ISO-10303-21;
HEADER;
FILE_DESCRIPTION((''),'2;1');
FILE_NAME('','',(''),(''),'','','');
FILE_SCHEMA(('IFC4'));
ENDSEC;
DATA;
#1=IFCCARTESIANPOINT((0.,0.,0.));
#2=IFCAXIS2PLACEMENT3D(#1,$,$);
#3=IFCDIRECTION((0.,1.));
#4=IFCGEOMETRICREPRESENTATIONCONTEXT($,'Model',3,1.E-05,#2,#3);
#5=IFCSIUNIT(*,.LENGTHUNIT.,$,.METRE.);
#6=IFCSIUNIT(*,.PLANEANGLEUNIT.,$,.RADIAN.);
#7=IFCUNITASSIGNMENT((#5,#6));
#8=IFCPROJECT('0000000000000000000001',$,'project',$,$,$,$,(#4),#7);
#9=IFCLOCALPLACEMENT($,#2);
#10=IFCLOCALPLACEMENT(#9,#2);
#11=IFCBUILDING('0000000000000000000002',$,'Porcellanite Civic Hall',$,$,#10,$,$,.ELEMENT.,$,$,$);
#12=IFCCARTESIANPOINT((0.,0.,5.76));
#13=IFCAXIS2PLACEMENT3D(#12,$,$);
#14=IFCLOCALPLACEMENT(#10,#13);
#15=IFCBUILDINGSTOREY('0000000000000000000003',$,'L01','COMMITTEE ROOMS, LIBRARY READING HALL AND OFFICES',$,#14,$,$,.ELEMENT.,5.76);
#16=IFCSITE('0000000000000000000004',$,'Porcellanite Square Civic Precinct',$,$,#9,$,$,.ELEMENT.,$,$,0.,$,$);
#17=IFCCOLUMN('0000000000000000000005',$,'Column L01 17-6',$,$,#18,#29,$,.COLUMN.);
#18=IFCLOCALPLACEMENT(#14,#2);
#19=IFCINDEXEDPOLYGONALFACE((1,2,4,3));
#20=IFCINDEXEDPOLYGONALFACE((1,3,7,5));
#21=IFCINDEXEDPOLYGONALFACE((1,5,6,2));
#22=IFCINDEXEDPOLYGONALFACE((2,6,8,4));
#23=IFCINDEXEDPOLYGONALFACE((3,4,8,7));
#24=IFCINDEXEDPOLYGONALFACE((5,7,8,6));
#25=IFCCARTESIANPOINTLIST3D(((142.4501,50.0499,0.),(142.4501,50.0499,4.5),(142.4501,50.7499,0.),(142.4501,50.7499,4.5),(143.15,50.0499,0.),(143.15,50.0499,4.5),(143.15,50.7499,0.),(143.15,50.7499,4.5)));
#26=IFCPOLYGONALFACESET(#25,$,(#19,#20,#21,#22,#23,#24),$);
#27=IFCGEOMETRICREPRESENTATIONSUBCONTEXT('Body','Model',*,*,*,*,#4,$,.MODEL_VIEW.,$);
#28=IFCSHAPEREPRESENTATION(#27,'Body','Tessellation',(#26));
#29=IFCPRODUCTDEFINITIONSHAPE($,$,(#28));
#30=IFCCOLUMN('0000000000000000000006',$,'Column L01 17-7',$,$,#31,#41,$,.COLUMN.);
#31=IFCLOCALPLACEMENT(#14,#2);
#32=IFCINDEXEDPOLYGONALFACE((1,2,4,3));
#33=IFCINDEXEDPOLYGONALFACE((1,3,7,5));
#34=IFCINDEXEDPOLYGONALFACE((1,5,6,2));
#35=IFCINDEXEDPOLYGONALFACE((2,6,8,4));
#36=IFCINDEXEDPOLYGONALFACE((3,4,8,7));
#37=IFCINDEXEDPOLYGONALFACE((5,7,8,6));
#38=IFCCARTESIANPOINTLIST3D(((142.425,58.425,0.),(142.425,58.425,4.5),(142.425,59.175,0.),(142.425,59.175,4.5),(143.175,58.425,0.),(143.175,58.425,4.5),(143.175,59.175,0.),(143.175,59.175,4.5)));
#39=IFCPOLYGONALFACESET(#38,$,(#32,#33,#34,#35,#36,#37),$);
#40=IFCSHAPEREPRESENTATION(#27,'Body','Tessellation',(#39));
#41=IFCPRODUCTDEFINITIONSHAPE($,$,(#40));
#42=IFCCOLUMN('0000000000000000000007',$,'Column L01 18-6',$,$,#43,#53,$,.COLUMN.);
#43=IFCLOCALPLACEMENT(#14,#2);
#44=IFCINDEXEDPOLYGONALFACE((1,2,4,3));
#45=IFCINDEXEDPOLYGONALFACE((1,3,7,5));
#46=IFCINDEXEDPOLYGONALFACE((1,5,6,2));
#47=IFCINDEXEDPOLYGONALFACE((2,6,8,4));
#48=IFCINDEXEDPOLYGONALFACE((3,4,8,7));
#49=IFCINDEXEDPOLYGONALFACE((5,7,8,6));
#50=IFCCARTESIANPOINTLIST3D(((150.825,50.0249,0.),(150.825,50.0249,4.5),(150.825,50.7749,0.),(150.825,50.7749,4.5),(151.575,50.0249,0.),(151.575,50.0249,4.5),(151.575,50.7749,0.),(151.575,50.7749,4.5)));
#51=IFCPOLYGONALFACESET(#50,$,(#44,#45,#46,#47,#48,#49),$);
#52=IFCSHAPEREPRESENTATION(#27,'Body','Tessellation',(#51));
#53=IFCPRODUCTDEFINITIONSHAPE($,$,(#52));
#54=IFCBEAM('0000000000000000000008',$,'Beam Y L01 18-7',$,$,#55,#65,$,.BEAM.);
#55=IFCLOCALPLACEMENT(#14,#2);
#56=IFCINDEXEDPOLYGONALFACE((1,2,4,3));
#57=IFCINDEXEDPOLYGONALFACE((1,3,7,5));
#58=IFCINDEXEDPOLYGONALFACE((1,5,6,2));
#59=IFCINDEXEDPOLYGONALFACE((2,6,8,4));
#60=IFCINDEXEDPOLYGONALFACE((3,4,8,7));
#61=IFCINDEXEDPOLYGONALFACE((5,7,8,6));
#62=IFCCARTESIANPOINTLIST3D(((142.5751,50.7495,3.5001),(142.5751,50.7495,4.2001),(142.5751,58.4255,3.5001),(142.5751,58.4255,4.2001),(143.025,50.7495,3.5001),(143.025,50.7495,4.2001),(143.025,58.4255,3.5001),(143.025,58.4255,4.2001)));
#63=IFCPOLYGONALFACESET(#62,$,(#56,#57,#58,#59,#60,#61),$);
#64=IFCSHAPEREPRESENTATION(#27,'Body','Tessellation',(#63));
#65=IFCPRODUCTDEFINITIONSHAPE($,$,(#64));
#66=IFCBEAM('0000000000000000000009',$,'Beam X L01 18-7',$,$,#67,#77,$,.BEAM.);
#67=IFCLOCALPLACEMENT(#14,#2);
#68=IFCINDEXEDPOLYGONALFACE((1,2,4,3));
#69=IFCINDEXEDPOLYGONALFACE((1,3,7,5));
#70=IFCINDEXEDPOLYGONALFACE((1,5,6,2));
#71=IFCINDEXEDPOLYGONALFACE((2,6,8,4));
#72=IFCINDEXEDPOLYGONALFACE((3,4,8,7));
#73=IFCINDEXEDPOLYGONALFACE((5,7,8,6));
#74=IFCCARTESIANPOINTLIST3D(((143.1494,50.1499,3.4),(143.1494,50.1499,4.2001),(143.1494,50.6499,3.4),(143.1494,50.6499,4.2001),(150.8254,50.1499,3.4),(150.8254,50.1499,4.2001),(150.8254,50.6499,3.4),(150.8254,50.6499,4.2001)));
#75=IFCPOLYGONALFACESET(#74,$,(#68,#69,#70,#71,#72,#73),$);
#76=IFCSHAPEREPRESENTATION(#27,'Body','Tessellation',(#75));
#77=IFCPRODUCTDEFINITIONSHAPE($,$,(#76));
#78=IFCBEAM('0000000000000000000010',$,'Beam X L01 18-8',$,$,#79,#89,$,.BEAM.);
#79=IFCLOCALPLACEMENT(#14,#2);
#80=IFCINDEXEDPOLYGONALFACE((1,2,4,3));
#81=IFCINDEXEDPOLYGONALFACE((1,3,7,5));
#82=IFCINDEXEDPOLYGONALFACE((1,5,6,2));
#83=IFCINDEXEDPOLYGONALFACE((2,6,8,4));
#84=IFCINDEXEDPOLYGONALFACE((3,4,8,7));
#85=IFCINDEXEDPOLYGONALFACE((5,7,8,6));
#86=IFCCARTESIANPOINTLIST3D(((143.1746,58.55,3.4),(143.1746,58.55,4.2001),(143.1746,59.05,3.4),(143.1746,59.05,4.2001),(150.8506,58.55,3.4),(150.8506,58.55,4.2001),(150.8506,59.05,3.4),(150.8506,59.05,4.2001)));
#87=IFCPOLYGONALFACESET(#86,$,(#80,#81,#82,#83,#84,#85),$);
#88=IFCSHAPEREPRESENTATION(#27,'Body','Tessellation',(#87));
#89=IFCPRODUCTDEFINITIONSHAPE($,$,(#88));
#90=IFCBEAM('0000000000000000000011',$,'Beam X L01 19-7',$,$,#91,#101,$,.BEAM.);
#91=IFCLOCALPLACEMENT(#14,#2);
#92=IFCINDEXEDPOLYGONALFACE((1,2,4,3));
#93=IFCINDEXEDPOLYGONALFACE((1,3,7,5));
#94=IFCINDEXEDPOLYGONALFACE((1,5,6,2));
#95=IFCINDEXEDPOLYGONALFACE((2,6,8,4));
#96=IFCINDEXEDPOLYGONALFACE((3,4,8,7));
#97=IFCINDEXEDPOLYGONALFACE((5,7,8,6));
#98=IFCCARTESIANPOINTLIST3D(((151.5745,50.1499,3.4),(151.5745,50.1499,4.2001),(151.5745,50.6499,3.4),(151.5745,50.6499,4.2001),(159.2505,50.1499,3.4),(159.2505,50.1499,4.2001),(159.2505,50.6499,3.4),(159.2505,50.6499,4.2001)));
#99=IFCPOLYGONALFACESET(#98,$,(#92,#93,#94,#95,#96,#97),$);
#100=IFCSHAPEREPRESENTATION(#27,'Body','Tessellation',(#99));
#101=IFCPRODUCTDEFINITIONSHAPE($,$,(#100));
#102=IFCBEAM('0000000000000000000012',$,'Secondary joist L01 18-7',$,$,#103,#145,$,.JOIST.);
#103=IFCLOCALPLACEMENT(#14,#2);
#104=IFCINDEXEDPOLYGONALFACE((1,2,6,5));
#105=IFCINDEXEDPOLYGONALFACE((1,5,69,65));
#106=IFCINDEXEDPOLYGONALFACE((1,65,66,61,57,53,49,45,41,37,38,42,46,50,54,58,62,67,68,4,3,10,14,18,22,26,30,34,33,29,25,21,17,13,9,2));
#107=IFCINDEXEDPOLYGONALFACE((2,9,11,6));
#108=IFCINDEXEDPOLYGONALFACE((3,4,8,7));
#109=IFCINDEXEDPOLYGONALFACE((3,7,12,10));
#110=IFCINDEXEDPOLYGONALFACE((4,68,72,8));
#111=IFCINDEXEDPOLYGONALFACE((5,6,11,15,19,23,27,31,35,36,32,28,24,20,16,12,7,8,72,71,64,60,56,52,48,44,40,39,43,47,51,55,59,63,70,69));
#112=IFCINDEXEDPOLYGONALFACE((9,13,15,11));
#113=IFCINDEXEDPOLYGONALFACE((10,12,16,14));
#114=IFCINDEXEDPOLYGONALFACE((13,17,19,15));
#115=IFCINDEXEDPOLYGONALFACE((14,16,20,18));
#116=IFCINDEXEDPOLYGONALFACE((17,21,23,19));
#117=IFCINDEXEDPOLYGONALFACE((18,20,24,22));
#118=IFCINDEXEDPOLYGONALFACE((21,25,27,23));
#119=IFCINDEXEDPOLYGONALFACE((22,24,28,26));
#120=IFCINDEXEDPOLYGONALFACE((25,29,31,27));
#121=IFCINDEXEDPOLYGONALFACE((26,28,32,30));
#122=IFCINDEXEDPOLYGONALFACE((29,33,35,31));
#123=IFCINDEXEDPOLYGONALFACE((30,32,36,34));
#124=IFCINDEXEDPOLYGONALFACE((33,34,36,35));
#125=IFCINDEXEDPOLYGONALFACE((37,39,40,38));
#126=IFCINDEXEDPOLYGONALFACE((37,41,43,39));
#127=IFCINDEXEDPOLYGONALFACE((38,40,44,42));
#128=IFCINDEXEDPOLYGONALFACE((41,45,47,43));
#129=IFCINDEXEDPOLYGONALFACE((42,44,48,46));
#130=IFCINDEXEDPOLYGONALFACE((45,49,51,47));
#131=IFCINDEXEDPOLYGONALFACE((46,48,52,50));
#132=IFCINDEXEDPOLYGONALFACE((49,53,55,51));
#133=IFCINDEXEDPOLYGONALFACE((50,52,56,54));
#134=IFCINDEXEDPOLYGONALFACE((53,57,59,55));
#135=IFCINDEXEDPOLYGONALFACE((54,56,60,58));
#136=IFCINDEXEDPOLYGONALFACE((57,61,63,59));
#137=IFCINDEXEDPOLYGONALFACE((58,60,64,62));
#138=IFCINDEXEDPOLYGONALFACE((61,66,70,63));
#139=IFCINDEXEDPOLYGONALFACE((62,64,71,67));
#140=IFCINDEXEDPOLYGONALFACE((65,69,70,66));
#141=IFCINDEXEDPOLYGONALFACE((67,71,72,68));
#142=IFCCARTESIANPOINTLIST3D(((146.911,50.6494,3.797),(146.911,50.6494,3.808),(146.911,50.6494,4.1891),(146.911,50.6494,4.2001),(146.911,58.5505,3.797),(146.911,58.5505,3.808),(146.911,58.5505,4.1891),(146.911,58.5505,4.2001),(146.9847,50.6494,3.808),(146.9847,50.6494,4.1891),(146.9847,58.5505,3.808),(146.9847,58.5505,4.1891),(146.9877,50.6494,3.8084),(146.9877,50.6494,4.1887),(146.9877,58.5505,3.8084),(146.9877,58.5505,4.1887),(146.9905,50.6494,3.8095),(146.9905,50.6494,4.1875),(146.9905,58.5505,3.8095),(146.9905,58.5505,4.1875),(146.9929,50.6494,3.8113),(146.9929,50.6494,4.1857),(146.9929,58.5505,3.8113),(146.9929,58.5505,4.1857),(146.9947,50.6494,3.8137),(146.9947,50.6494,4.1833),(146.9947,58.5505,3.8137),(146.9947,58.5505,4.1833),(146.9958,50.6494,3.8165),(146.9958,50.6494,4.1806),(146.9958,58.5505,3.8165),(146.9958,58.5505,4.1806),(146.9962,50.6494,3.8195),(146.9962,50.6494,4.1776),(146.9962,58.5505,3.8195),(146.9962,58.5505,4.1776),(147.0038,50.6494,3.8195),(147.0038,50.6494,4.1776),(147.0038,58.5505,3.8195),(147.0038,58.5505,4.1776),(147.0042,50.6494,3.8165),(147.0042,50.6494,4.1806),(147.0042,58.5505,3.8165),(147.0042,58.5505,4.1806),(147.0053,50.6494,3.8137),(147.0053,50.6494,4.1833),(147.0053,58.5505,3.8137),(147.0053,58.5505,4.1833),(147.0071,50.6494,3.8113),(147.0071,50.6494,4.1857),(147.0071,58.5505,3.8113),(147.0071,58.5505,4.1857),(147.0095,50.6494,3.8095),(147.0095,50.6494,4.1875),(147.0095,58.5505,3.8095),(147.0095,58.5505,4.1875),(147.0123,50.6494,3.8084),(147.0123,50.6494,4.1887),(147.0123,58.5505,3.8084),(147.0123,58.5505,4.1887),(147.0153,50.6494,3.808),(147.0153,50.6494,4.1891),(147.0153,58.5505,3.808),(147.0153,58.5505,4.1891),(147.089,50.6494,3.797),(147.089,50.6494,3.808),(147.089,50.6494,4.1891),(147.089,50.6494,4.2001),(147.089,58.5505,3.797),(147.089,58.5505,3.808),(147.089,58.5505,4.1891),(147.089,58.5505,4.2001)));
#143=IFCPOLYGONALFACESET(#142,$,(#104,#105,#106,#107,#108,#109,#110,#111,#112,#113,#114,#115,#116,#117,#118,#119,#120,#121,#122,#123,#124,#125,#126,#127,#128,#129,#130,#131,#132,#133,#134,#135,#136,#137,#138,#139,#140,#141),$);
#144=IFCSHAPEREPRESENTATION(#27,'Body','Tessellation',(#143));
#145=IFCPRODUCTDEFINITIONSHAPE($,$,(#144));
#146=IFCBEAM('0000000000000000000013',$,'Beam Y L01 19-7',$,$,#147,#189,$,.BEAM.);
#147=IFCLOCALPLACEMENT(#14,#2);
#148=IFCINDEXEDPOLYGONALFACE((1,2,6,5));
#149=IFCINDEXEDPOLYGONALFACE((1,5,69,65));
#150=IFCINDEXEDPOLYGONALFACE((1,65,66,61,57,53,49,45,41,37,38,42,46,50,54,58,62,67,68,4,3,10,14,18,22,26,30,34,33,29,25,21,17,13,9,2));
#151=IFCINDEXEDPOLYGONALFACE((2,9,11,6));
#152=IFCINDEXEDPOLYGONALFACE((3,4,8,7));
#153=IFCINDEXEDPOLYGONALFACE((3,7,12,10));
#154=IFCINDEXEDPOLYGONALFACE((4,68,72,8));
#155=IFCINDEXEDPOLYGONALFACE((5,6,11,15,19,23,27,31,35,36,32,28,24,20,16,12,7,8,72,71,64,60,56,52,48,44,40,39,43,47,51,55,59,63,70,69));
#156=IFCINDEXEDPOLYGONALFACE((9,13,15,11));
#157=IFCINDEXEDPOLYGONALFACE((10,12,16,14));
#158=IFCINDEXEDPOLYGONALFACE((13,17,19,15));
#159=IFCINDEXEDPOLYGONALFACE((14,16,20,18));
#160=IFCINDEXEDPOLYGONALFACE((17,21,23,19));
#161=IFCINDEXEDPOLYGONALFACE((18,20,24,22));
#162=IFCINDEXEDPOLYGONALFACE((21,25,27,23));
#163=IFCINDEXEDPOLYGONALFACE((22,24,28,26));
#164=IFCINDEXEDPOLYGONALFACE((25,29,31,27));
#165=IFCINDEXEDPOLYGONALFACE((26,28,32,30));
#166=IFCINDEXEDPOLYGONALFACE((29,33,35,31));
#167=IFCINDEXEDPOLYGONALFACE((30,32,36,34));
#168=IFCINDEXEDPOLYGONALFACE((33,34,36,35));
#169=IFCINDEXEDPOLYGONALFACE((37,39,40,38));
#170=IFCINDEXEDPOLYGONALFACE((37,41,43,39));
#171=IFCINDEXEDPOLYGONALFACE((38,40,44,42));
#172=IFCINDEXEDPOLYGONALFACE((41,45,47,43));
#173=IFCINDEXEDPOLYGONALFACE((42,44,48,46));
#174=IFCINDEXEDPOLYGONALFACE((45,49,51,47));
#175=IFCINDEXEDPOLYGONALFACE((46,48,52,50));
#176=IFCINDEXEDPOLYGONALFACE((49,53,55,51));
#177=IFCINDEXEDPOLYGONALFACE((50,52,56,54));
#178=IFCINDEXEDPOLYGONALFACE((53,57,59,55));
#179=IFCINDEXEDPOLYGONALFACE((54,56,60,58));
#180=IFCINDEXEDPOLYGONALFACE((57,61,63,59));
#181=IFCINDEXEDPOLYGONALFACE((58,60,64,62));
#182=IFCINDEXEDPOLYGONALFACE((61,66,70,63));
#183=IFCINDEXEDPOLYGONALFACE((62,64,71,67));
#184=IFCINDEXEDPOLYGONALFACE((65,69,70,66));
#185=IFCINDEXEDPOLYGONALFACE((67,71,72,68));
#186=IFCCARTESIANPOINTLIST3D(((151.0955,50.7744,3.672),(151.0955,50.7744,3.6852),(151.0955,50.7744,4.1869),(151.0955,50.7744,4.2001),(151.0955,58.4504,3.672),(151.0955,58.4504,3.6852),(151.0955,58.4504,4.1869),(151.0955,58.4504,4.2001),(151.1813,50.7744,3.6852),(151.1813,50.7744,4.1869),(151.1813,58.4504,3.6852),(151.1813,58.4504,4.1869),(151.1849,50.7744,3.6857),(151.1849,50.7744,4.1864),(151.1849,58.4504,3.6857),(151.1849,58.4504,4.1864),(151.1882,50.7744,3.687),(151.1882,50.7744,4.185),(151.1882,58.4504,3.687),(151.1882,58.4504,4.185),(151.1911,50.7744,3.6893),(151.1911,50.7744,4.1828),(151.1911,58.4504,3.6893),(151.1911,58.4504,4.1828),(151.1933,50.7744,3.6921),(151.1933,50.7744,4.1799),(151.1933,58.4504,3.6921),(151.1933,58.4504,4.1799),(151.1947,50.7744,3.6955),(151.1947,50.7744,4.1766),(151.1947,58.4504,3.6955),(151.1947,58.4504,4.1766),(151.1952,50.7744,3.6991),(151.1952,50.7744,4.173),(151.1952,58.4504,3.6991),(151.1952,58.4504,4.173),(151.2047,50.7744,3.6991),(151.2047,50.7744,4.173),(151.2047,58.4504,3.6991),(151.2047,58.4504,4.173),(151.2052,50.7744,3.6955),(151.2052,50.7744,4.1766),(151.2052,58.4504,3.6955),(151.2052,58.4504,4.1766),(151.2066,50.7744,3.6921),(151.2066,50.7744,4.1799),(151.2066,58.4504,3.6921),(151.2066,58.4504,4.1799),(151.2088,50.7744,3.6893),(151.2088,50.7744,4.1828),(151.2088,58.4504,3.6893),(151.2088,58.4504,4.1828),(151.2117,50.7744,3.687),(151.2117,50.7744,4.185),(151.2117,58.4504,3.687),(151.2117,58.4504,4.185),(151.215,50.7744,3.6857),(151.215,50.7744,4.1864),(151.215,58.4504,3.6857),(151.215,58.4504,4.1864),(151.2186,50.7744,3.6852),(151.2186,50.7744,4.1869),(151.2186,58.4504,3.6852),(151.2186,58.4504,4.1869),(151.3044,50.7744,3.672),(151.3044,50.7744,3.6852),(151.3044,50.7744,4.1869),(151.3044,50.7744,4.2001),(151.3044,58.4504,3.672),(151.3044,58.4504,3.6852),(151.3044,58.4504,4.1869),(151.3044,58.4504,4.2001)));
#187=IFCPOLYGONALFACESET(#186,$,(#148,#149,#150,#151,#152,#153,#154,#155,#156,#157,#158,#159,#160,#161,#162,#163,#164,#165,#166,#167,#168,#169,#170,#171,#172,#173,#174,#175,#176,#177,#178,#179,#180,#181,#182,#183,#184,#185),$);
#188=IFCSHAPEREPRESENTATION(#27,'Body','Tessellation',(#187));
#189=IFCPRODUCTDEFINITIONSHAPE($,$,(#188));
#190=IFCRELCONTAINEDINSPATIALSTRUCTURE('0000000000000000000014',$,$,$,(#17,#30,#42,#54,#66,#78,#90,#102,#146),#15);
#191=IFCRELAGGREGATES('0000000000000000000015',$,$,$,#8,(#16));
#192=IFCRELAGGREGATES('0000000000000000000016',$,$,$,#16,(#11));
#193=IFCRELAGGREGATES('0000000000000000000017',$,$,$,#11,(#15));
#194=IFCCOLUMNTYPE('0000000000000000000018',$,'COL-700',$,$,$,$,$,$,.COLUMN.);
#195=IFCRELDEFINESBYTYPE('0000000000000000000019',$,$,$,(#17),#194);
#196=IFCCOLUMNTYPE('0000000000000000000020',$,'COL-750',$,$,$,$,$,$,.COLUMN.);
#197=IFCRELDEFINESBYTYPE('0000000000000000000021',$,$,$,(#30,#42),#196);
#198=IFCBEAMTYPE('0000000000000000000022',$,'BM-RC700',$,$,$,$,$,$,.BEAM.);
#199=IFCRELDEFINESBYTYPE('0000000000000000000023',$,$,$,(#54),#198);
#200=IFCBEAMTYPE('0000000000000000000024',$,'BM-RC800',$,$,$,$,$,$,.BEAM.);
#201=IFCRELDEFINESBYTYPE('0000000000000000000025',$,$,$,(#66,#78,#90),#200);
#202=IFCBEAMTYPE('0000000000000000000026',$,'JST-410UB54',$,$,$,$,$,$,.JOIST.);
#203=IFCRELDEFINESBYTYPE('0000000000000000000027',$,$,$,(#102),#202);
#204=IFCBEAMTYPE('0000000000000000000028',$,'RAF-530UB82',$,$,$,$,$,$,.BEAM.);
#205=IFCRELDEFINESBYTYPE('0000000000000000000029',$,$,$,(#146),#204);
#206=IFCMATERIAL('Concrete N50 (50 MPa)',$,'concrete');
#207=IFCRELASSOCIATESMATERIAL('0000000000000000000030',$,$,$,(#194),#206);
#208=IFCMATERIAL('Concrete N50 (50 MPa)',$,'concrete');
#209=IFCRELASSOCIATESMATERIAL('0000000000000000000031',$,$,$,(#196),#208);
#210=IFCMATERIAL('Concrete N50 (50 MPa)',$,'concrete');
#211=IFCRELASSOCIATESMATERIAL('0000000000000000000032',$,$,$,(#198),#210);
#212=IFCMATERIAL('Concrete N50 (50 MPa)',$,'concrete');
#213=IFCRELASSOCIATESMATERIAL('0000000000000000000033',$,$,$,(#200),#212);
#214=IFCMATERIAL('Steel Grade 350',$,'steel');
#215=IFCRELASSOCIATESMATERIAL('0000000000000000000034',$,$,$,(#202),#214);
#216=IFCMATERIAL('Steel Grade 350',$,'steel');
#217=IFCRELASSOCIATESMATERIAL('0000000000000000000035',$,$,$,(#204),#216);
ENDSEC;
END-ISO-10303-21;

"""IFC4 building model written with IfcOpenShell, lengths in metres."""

from ifc_helpers import new_model, si_unit, direction, frame, origin, origin_2d, place, context, subcontext, project, spatial, rectangle, i_section, extrude, material, material_profile, profile_set, type_object, element, save


model = new_model("IFC4")

# Units and contexts
model_context = context("Model", 3, precision=1e-05, world=origin(), true_north=direction((0.0, 1.0)))
body_context = subcontext(model_context, "Body", "Model", "MODEL_VIEW")
ifc_project = project(units=[si_unit("LENGTHUNIT", "METRE"), si_unit("PLANEANGLEUNIT", "RADIAN")], contexts=[model_context])

# Site, building, storey
site_placement = place(None, origin())
site = spatial("IfcSite", under=ifc_project, at=site_placement, Name="Porcellanite Square Civic Precinct", CompositionType="ELEMENT", RefElevation=0.0)
building_placement = place(site_placement, origin())
building = spatial("IfcBuilding", under=site, at=building_placement, Name="Porcellanite Civic Hall", CompositionType="ELEMENT")
storey_placement = place(building_placement, frame((0.0, 0.0, 5.76)))
storey = spatial("IfcBuildingStorey", under=building, at=storey_placement, Name="L01", Description="COMMITTEE ROOMS, LIBRARY READING HALL AND OFFICES", CompositionType="ELEMENT", Elevation=5.76)

# Columns
ifc_material_1 = material(Name="Concrete N50 (50 MPa)", Category="concrete")
ifc_material_profile_1 = material_profile(ifc_material_1, rectangle(XDim=0.7, YDim=0.7, at=origin_2d()), Name="RC-700x700")
ifc_profile_set_1 = profile_set([ifc_material_profile_1], Name="Concrete N50 (50 MPa)")
column_type_1 = type_object("IfcColumnType", Name="COL-700", PredefinedType="COLUMN", material=ifc_profile_set_1)
column_placement = place(storey_placement, frame((142.8, 50.3999, 0.0), z_axis=(0.0, 0.0, 1.0), x_axis=(1.0, 0.0, 0.0)))
element("IfcColumn", 1, at=column_placement, inside=storey, type_object=column_type_1, Name="Column L01 17-6", PredefinedType="COLUMN", context=body_context, shape_type="SweptSolid", body=[
    extrude(rectangle(XDim=0.7, YDim=0.7, at=origin_2d()), origin(), (0.0, 0.0, 1.0), 4.5),
])
ifc_material_2 = material(Name="Concrete N50 (50 MPa)", Category="concrete")
ifc_material_profile_2 = material_profile(ifc_material_2, rectangle(XDim=0.75, YDim=0.75, at=origin_2d()), Name="RC-750x750")
ifc_profile_set_2 = profile_set([ifc_material_profile_2], Name="Concrete N50 (50 MPa)")
column_type_2 = type_object("IfcColumnType", Name="COL-750", PredefinedType="COLUMN", material=ifc_profile_set_2)
for number, where, z_axis, x_axis, name in (
    (2, (142.8, 58.8, 0.0), (0.0, 0.0, 1.0), (1.0, 0.0, 0.0), "Column L01 17-7"),
    (3, (151.2, 50.3999, 0.0), (0.0, 0.0, 1.0), (1.0, 0.0, 0.0), "Column L01 18-6"),
):
    element("IfcColumn", number, at=place(storey_placement, frame(where, z_axis=z_axis, x_axis=x_axis)), inside=storey, type_object=column_type_2, Name=name, PredefinedType="COLUMN", context=body_context, shape_type="SweptSolid", body=[
        extrude(rectangle(XDim=0.75, YDim=0.75, at=origin_2d()), origin(), (0.0, 0.0, 1.0), 4.5),
    ])

# Beams
ifc_material_3 = material(Name="Concrete N50 (50 MPa)", Category="concrete")
ifc_material_profile_3 = material_profile(ifc_material_3, rectangle(XDim=0.45, YDim=0.7, at=origin_2d()), Name="RC-450x700")
ifc_profile_set_3 = profile_set([ifc_material_profile_3], Name="Concrete N50 (50 MPa)")
beam_type_1 = type_object("IfcBeamType", Name="BM-RC700", PredefinedType="BEAM", material=ifc_profile_set_3)
beam_1_placement = place(storey_placement, frame((142.8, 50.7495, 3.8501), z_axis=(0.0, 1.0, 0.0), x_axis=(-1.0, 0.0, 0.0)))
element("IfcBeam", 4, at=beam_1_placement, inside=storey, type_object=beam_type_1, Name="Beam Y L01 18-7", PredefinedType="BEAM", context=body_context, shape_type="SweptSolid", body=[
    extrude(rectangle(XDim=0.45, YDim=0.7, at=origin_2d()), origin(), (0.0, 0.0, 1.0), 7.676),
])
ifc_material_4 = material(Name="Concrete N50 (50 MPa)", Category="concrete")
ifc_material_profile_4 = material_profile(ifc_material_4, rectangle(XDim=0.5, YDim=0.8, at=origin_2d()), Name="RC-500x800")
ifc_profile_set_4 = profile_set([ifc_material_profile_4], Name="Concrete N50 (50 MPa)")
beam_type_2 = type_object("IfcBeamType", Name="BM-RC800", PredefinedType="BEAM", material=ifc_profile_set_4)
for number, where, z_axis, x_axis, name in (
    (5, (143.1494, 50.3999, 3.8), (1.0, 0.0, 0.0), (0.0, 1.0, 0.0), "Beam X L01 18-7"),
    (6, (143.1746, 58.8, 3.8), (1.0, 0.0, 0.0), (0.0, 1.0, 0.0), "Beam X L01 18-8"),
    (7, (151.5745, 50.3999, 3.8), (1.0, 0.0, 0.0), (0.0, 1.0, 0.0), "Beam X L01 19-7"),
):
    element("IfcBeam", number, at=place(storey_placement, frame(where, z_axis=z_axis, x_axis=x_axis)), inside=storey, type_object=beam_type_2, Name=name, PredefinedType="BEAM", context=body_context, shape_type="SweptSolid", body=[
        extrude(rectangle(XDim=0.5, YDim=0.8, at=origin_2d()), origin(), (0.0, 0.0, 1.0), 7.676),
    ])
ifc_material_5 = material(Name="Steel Grade 350", Category="steel")
ifc_material_profile_5 = material_profile(ifc_material_5, i_section(OverallWidth=0.178, OverallDepth=0.4031, WebThickness=0.0076, FlangeThickness=0.011, FilletRadius=0.0115, at=origin_2d()), Name="410UB53.7")
ifc_profile_set_5 = profile_set([ifc_material_profile_5], Name="Steel Grade 350")
beam_type_3 = type_object("IfcBeamType", Name="JST-410UB54", PredefinedType="JOIST", material=ifc_profile_set_5)
beam_2_placement = place(storey_placement, frame((147.0, 50.6494, 3.9985), z_axis=(0.0, 1.0, 0.0), x_axis=(-1.0, 0.0, 0.0)))
element("IfcBeam", 8, at=beam_2_placement, inside=storey, type_object=beam_type_3, Name="Secondary joist L01 18-7", PredefinedType="JOIST", context=body_context, shape_type="SweptSolid", body=[
    extrude(i_section(OverallWidth=0.178, OverallDepth=0.4031, WebThickness=0.0076, FlangeThickness=0.011, FilletRadius=0.0115, at=origin_2d()), origin(), (0.0, 0.0, 1.0), 7.9011),
])
ifc_material_6 = material(Name="Steel Grade 350", Category="steel")
ifc_material_profile_6 = material_profile(ifc_material_6, i_section(OverallWidth=0.209, OverallDepth=0.5281, WebThickness=0.0095, FlangeThickness=0.0132, FilletRadius=0.0139, at=origin_2d()), Name="530UB82.0")
ifc_profile_set_6 = profile_set([ifc_material_profile_6], Name="Steel Grade 350")
beam_type_4 = type_object("IfcBeamType", Name="RAF-530UB82", PredefinedType="BEAM", material=ifc_profile_set_6)
beam_3_placement = place(storey_placement, frame((151.2, 50.7744, 3.936), z_axis=(0.0, 1.0, 0.0), x_axis=(-1.0, 0.0, 0.0)))
element("IfcBeam", 9, at=beam_3_placement, inside=storey, type_object=beam_type_4, Name="Beam Y L01 19-7", PredefinedType="BEAM", context=body_context, shape_type="SweptSolid", body=[
    extrude(i_section(OverallWidth=0.209, OverallDepth=0.5281, WebThickness=0.0095, FlangeThickness=0.0132, FilletRadius=0.0139, at=origin_2d()), origin(), (0.0, 0.0, 1.0), 7.676),
])

save(model, "model.ifc")
